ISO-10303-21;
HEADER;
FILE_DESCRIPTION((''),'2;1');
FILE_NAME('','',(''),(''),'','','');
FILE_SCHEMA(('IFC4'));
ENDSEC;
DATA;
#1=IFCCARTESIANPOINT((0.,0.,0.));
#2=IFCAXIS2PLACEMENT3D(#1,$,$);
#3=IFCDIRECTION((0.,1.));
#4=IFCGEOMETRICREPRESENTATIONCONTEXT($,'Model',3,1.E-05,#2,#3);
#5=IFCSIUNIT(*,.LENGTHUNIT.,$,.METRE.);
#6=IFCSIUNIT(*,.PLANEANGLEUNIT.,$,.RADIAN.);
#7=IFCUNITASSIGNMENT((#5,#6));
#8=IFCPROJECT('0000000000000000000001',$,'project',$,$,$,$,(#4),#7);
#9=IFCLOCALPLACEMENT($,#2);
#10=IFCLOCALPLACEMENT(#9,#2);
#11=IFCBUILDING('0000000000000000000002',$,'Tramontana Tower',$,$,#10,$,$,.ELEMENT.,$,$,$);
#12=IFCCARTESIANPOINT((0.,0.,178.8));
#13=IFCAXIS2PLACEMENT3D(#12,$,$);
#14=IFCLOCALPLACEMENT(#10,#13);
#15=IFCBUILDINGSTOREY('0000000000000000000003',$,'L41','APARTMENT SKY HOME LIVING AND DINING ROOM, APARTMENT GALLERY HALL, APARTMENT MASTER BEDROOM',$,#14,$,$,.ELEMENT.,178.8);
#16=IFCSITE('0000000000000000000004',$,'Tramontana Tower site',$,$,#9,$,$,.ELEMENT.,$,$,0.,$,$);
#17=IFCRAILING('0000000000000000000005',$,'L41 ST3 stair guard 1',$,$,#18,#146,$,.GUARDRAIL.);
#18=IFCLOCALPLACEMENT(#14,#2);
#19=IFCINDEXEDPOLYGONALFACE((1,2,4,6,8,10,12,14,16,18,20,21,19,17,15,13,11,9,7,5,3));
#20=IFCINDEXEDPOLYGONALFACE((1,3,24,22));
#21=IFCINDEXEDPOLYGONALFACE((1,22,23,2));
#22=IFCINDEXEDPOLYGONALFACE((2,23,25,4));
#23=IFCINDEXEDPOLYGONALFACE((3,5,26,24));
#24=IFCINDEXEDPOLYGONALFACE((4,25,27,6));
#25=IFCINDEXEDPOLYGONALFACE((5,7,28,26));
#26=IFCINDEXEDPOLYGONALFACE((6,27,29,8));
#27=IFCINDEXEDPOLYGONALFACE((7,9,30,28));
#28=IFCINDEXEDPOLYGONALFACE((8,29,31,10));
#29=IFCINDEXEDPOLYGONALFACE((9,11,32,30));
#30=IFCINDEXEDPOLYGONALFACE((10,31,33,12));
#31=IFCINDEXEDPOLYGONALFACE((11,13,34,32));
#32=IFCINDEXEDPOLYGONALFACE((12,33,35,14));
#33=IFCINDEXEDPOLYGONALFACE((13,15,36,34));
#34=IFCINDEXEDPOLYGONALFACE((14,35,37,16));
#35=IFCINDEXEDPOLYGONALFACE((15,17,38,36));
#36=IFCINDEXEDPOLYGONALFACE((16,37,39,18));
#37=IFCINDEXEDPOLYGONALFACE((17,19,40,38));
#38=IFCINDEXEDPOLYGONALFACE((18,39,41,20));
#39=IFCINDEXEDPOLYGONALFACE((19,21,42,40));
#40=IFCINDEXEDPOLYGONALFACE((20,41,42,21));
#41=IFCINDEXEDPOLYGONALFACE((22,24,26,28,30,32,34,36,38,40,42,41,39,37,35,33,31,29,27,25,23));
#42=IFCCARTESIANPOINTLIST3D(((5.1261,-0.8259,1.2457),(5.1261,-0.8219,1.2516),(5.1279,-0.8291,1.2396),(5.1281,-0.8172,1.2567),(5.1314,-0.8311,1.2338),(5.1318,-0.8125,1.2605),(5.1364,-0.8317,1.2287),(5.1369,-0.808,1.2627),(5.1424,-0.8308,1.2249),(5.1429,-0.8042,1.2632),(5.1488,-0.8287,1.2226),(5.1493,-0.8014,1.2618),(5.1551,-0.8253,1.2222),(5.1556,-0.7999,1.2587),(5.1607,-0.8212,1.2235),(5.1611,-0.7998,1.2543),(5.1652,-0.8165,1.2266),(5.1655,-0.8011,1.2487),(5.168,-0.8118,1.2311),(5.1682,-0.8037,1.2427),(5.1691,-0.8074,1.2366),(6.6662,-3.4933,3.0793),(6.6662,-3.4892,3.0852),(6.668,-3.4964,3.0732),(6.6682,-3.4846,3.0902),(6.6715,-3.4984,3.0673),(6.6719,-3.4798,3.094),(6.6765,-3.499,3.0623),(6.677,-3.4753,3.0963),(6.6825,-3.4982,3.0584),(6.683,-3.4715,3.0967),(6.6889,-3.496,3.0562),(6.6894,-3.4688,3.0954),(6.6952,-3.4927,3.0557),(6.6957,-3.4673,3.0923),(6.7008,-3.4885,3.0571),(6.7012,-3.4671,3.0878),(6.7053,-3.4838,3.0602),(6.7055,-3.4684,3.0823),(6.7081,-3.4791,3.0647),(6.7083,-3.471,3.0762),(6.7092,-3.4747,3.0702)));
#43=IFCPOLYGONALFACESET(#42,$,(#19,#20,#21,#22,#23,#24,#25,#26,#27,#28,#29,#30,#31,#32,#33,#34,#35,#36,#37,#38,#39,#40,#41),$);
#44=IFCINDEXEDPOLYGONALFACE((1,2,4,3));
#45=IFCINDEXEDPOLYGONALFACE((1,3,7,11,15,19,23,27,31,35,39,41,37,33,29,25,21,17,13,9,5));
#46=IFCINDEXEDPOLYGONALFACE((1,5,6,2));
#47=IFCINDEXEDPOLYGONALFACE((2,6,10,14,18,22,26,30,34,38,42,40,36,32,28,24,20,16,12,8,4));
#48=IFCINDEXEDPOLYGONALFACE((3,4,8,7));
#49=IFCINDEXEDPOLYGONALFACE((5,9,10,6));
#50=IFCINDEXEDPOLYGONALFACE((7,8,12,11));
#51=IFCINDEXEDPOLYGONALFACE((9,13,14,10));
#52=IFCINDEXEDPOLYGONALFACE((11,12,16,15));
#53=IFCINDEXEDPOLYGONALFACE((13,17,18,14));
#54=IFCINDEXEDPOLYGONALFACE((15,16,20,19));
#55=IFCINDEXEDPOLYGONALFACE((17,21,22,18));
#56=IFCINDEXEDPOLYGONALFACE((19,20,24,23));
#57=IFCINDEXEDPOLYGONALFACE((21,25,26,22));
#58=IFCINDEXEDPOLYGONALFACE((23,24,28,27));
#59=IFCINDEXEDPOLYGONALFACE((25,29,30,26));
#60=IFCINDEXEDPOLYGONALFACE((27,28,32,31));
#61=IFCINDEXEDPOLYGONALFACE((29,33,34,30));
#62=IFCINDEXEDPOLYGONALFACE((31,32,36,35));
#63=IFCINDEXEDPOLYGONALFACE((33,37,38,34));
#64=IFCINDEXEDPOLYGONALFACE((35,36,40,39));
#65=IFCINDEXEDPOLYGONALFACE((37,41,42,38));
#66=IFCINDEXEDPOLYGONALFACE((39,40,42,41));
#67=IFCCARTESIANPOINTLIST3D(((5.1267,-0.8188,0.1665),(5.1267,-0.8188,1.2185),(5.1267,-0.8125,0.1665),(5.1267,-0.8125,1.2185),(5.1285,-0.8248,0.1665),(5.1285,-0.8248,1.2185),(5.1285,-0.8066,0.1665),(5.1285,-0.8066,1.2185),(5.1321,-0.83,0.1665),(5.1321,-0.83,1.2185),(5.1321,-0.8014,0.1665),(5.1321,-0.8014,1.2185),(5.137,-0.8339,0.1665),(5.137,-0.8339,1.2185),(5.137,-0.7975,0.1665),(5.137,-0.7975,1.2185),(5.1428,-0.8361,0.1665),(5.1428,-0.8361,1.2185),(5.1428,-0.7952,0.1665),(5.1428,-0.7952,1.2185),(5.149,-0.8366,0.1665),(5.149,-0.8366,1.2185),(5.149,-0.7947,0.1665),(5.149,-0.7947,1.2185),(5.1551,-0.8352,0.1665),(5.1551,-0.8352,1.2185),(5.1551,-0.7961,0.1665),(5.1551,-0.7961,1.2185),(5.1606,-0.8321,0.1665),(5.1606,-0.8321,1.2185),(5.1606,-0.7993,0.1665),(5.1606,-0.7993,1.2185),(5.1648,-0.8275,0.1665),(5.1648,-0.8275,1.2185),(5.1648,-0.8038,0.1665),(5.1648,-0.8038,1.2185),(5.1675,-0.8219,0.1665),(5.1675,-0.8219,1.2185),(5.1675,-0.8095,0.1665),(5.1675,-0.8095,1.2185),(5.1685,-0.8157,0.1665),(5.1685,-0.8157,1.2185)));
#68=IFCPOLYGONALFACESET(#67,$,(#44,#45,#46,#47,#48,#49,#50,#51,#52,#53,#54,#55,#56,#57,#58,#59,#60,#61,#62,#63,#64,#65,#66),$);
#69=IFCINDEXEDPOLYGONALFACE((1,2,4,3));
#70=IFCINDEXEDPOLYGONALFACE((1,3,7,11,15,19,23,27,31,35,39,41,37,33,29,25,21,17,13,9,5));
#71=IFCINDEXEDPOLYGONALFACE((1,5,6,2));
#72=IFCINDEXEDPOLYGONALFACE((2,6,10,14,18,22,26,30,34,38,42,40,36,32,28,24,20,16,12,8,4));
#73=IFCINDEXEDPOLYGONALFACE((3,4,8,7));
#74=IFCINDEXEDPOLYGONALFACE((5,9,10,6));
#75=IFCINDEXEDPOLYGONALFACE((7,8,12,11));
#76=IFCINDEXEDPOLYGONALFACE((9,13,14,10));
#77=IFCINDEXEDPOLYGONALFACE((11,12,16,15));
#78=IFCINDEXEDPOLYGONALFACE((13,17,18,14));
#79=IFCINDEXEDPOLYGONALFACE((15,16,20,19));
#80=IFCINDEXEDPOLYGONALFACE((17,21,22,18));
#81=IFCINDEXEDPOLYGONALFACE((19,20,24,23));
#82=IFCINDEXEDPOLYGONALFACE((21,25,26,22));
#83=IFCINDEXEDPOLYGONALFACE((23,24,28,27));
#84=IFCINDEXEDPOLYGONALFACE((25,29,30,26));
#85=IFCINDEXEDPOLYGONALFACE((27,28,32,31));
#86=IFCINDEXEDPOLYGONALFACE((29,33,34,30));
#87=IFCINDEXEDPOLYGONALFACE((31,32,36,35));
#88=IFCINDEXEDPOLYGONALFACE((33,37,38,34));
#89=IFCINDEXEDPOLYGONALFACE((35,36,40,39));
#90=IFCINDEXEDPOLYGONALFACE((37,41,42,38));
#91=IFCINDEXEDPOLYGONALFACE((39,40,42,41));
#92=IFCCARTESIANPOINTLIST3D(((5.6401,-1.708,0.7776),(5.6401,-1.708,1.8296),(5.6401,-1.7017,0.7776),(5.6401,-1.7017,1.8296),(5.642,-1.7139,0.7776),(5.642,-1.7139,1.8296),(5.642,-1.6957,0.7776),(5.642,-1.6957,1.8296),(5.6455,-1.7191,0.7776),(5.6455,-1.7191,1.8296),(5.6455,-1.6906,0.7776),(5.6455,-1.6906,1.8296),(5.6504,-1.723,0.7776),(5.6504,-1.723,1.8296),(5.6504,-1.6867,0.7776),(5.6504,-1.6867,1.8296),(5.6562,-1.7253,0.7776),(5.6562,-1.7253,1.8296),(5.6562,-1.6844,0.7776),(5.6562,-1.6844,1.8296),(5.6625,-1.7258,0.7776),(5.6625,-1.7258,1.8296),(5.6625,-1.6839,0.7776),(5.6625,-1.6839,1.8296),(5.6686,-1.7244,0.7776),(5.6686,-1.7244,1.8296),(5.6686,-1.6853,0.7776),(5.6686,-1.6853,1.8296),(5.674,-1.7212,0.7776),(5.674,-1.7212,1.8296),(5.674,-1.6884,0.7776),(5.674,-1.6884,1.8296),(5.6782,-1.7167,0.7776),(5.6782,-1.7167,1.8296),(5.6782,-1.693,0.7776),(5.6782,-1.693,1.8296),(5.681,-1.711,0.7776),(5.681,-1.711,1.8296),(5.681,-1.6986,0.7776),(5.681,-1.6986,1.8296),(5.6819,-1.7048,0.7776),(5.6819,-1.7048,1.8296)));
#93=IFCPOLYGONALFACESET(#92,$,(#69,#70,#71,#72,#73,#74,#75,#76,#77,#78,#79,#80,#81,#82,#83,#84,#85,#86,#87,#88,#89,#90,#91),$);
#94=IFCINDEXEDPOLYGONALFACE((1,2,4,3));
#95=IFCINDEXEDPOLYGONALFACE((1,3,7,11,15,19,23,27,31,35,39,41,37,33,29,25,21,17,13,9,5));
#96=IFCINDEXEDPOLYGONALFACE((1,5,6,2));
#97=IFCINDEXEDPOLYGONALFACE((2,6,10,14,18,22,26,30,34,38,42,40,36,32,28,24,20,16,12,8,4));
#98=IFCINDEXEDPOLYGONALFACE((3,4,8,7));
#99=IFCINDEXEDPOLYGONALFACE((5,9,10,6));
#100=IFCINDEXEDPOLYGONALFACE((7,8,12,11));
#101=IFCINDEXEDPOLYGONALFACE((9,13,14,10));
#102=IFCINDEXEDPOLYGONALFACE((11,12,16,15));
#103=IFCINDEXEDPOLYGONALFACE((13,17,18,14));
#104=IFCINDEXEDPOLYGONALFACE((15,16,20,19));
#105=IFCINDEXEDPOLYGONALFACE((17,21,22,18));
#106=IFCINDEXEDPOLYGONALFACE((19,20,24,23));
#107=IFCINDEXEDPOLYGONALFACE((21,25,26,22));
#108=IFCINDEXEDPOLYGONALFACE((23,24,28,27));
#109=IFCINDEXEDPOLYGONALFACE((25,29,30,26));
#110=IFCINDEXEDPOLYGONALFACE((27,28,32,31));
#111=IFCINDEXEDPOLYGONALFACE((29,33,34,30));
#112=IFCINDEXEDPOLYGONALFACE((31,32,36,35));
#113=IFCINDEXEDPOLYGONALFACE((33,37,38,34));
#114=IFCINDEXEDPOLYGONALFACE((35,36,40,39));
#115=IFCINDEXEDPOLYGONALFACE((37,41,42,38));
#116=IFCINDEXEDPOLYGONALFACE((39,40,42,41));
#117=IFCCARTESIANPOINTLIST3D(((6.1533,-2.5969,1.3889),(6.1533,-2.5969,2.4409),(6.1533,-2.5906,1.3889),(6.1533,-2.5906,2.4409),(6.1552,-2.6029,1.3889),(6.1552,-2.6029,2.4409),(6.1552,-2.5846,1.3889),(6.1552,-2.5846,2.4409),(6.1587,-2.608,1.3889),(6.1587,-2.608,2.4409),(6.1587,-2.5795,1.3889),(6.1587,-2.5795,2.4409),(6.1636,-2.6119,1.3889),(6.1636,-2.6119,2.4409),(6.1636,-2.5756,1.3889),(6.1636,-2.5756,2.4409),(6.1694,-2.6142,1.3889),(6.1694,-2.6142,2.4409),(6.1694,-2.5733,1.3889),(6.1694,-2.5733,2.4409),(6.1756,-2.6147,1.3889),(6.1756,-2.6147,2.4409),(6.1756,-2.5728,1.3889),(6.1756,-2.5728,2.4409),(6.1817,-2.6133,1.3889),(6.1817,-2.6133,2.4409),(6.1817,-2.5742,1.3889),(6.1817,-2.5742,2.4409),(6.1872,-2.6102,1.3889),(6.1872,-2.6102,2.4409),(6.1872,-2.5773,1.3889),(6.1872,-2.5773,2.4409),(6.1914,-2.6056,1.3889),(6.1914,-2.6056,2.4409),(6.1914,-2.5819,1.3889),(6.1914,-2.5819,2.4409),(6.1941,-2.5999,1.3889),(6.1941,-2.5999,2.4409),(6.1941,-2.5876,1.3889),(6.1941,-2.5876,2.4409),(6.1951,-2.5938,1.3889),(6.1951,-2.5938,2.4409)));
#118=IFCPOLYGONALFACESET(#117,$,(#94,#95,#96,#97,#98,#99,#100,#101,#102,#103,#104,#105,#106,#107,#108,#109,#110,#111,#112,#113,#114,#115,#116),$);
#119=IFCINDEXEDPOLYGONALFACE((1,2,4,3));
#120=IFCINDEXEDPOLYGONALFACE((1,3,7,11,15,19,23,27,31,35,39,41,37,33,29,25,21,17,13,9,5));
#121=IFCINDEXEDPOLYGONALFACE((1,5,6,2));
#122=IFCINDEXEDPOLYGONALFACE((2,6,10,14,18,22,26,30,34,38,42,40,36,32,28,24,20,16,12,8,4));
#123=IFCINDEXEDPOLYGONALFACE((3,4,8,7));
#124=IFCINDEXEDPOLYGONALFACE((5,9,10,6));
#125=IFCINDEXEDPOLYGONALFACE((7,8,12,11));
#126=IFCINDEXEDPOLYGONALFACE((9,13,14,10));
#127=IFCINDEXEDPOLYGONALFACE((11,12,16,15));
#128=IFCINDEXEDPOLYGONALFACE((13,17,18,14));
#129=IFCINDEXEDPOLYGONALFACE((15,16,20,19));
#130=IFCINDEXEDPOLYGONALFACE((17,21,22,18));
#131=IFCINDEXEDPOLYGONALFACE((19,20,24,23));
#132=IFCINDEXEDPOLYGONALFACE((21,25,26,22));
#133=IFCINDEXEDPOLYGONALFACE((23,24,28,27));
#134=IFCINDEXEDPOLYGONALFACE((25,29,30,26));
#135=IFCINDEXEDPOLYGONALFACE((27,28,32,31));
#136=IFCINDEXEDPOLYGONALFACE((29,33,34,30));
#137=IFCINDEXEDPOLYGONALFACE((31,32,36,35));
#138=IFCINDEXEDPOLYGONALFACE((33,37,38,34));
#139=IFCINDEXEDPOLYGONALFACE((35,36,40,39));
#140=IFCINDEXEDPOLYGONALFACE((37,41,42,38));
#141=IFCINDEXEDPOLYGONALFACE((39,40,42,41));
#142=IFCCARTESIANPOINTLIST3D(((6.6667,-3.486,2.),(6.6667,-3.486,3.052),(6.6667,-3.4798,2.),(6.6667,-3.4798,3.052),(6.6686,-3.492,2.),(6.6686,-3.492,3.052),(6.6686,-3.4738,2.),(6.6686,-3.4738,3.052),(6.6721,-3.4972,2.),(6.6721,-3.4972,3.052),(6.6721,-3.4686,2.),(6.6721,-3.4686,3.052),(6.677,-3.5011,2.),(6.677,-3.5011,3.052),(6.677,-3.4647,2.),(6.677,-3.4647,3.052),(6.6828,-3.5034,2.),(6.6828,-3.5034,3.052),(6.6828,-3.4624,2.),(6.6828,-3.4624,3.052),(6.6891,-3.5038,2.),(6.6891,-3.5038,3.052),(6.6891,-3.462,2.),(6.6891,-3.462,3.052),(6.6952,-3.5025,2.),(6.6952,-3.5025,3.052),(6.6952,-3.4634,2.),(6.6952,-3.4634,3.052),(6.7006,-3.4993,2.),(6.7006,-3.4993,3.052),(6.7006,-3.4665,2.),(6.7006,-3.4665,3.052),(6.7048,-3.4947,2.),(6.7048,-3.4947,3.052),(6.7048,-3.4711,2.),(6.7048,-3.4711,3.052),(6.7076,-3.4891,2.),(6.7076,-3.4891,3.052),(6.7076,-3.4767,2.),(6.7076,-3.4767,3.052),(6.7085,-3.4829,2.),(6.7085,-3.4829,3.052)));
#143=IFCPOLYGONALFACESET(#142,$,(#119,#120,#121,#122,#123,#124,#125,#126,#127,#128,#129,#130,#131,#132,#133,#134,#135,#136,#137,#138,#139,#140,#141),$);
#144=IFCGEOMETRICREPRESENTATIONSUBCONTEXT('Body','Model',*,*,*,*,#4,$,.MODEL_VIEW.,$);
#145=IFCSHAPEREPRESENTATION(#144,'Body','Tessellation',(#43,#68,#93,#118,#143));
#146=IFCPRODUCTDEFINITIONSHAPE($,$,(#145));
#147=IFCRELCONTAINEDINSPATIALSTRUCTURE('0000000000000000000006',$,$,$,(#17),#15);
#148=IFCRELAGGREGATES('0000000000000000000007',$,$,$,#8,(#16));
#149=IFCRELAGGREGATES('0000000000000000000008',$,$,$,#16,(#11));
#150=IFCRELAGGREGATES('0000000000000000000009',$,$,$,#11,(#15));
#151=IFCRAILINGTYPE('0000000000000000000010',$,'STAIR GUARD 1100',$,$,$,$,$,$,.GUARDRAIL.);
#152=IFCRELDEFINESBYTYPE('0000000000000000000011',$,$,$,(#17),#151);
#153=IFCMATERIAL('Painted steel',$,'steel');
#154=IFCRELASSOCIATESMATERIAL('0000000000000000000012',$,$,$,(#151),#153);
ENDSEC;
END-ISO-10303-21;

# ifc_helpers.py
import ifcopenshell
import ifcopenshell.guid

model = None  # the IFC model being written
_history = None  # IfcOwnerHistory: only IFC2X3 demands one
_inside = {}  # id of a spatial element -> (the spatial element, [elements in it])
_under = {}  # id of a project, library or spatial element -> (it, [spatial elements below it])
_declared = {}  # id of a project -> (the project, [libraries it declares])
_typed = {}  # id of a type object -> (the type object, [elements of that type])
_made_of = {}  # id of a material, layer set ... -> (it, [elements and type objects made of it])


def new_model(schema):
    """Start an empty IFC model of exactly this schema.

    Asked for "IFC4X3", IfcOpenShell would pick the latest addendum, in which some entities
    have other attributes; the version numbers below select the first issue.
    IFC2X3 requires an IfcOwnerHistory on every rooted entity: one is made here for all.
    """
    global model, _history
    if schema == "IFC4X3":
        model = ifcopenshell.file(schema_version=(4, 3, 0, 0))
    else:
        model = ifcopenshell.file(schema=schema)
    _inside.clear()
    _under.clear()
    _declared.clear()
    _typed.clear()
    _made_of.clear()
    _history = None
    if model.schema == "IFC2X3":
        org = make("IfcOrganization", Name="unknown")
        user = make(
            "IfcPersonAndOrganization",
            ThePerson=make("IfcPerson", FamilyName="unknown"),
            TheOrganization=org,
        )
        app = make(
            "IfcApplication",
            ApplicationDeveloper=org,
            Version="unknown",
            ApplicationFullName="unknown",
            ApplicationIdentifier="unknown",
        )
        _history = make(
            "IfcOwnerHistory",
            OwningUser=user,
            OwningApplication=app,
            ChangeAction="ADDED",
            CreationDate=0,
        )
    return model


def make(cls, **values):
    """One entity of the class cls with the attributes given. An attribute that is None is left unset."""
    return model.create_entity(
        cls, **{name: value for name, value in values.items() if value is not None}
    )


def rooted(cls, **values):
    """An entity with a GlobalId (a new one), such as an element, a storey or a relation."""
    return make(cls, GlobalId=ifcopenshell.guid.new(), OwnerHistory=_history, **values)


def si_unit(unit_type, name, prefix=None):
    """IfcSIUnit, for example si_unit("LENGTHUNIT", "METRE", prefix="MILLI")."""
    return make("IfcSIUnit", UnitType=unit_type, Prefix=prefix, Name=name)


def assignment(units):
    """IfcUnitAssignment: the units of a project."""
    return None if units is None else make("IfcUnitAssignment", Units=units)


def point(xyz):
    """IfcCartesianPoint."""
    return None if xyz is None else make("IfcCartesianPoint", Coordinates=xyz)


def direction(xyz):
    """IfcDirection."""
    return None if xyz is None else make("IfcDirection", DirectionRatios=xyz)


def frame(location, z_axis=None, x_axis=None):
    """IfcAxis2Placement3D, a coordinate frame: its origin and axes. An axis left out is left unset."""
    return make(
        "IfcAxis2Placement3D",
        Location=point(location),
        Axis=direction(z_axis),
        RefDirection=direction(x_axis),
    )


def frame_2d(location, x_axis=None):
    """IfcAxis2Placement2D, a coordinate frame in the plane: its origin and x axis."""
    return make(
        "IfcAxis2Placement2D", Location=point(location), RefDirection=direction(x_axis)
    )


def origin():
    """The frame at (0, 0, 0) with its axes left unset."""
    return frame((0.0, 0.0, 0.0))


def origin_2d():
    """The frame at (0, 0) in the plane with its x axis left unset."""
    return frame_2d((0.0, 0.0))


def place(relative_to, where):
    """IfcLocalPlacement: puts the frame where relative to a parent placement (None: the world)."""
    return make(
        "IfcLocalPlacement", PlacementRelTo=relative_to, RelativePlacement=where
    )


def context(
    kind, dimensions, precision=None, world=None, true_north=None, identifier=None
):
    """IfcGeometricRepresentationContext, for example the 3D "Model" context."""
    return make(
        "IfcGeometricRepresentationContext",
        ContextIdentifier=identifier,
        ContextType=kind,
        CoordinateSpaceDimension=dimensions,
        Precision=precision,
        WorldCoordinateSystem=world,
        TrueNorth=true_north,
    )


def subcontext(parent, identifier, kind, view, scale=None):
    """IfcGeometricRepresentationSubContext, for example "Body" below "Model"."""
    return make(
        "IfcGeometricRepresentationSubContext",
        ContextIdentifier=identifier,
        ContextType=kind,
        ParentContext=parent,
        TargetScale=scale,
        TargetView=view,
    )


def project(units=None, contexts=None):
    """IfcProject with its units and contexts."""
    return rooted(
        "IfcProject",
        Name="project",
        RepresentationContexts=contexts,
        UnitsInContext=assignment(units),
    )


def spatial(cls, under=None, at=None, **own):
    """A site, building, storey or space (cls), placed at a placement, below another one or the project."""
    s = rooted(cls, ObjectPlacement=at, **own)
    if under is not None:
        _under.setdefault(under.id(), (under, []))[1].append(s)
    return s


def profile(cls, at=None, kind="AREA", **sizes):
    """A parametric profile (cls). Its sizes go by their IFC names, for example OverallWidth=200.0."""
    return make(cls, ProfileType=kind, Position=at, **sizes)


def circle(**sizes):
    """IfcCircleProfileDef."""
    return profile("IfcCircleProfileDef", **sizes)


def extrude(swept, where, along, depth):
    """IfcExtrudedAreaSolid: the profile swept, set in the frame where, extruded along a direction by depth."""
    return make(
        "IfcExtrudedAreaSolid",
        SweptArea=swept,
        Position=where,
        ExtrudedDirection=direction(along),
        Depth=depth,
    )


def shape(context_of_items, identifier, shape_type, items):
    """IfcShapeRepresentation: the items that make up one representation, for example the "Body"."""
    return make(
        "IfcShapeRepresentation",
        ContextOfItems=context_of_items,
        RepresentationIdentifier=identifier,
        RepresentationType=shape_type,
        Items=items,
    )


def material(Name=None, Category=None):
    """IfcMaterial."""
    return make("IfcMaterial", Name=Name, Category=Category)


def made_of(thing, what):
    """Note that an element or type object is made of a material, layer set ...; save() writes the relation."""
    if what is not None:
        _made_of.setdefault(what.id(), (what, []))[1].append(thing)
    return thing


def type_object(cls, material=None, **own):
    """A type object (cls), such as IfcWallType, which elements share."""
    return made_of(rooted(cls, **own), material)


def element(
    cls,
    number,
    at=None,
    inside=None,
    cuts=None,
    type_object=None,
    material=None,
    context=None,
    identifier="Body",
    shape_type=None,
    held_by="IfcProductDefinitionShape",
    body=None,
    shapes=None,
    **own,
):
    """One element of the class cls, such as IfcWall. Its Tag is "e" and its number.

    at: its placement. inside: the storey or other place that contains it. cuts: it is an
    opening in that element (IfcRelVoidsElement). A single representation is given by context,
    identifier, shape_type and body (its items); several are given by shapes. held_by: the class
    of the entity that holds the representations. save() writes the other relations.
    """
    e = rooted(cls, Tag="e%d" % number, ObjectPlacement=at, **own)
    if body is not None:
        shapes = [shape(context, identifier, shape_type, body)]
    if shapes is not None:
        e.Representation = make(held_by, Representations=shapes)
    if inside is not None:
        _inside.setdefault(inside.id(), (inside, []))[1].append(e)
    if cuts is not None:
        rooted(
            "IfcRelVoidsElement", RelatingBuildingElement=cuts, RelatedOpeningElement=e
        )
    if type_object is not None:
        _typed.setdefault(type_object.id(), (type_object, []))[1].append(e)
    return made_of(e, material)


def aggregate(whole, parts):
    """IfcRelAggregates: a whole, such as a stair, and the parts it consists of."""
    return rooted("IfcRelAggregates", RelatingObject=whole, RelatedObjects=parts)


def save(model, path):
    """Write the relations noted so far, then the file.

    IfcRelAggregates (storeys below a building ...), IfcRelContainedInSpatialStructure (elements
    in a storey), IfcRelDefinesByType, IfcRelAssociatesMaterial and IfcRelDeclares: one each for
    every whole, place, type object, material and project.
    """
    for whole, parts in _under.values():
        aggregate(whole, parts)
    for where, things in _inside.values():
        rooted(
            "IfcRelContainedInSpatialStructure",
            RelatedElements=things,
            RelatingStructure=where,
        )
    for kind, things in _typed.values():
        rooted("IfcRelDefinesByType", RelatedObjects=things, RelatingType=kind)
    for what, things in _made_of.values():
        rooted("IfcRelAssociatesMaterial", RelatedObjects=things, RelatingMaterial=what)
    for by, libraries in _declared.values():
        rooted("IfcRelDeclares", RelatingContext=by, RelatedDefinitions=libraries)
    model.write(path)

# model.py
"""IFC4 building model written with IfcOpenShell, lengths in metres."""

from ifc_helpers import new_model, si_unit, direction, frame, origin, origin_2d, place, context, subcontext, project, spatial, circle, extrude, material, type_object, element, save


model = new_model("IFC4")

# Units and contexts
model_context = context("Model", 3, precision=1e-05, world=origin(), true_north=direction((0.0, 1.0)))
body_context = subcontext(model_context, "Body", "Model", "MODEL_VIEW")
ifc_project = project(units=[si_unit("LENGTHUNIT", "METRE"), si_unit("PLANEANGLEUNIT", "RADIAN")], contexts=[model_context])

# Site, building, storey
site_placement = place(None, origin())
site = spatial("IfcSite", under=ifc_project, at=site_placement, Name="Tramontana Tower site", CompositionType="ELEMENT", RefElevation=0.0)
building_placement = place(site_placement, origin())
building = spatial("IfcBuilding", under=site, at=building_placement, Name="Tramontana Tower", CompositionType="ELEMENT")
storey_placement = place(building_placement, frame((0.0, 0.0, 178.8)))
storey = spatial("IfcBuildingStorey", under=building, at=storey_placement, Name="L41", Description="APARTMENT SKY HOME LIVING AND DINING ROOM, APARTMENT GALLERY HALL, APARTMENT MASTER BEDROOM", CompositionType="ELEMENT", Elevation=178.8)

# Railing
ifc_material_1 = material(Name="Painted steel", Category="steel")
railing_type_1 = type_object("IfcRailingType", Name="STAIR GUARD 1100", PredefinedType="GUARDRAIL", material=ifc_material_1)
railing_1_placement = place(storey_placement, frame((5.1475, -0.8157, 0.1665)))
element("IfcRailing", 1, at=railing_1_placement, inside=storey, type_object=railing_type_1, Name="L41 ST3 stair guard 1", PredefinedType="GUARDRAIL", context=body_context, shape_type="SweptSolid", body=[
    extrude(circle(Radius=0.0239, at=origin_2d()), frame((0.0, 0.0, 1.0762), z_axis=(0.429656, -0.744134, 0.511528), x_axis=(0.86601, 0.500027, 0.0)), (0.0, 0.0, 1.0), 3.5845),
    extrude(circle(Radius=0.021, at=origin_2d()), origin(), (0.0, 0.0, 1.0), 1.052),
    extrude(circle(Radius=0.021, at=origin_2d()), frame((0.5134, -0.8892, 0.6111)), (0.0, 0.0, 1.0), 1.052),
    extrude(circle(Radius=0.021, at=origin_2d()), frame((1.0266, -1.7781, 1.2224)), (0.0, 0.0, 1.0), 1.052),
    extrude(circle(Radius=0.021, at=origin_2d()), frame((1.54, -2.6672, 1.8335)), (0.0, 0.0, 1.0), 1.052),
])

save(model, "model.ifc")
